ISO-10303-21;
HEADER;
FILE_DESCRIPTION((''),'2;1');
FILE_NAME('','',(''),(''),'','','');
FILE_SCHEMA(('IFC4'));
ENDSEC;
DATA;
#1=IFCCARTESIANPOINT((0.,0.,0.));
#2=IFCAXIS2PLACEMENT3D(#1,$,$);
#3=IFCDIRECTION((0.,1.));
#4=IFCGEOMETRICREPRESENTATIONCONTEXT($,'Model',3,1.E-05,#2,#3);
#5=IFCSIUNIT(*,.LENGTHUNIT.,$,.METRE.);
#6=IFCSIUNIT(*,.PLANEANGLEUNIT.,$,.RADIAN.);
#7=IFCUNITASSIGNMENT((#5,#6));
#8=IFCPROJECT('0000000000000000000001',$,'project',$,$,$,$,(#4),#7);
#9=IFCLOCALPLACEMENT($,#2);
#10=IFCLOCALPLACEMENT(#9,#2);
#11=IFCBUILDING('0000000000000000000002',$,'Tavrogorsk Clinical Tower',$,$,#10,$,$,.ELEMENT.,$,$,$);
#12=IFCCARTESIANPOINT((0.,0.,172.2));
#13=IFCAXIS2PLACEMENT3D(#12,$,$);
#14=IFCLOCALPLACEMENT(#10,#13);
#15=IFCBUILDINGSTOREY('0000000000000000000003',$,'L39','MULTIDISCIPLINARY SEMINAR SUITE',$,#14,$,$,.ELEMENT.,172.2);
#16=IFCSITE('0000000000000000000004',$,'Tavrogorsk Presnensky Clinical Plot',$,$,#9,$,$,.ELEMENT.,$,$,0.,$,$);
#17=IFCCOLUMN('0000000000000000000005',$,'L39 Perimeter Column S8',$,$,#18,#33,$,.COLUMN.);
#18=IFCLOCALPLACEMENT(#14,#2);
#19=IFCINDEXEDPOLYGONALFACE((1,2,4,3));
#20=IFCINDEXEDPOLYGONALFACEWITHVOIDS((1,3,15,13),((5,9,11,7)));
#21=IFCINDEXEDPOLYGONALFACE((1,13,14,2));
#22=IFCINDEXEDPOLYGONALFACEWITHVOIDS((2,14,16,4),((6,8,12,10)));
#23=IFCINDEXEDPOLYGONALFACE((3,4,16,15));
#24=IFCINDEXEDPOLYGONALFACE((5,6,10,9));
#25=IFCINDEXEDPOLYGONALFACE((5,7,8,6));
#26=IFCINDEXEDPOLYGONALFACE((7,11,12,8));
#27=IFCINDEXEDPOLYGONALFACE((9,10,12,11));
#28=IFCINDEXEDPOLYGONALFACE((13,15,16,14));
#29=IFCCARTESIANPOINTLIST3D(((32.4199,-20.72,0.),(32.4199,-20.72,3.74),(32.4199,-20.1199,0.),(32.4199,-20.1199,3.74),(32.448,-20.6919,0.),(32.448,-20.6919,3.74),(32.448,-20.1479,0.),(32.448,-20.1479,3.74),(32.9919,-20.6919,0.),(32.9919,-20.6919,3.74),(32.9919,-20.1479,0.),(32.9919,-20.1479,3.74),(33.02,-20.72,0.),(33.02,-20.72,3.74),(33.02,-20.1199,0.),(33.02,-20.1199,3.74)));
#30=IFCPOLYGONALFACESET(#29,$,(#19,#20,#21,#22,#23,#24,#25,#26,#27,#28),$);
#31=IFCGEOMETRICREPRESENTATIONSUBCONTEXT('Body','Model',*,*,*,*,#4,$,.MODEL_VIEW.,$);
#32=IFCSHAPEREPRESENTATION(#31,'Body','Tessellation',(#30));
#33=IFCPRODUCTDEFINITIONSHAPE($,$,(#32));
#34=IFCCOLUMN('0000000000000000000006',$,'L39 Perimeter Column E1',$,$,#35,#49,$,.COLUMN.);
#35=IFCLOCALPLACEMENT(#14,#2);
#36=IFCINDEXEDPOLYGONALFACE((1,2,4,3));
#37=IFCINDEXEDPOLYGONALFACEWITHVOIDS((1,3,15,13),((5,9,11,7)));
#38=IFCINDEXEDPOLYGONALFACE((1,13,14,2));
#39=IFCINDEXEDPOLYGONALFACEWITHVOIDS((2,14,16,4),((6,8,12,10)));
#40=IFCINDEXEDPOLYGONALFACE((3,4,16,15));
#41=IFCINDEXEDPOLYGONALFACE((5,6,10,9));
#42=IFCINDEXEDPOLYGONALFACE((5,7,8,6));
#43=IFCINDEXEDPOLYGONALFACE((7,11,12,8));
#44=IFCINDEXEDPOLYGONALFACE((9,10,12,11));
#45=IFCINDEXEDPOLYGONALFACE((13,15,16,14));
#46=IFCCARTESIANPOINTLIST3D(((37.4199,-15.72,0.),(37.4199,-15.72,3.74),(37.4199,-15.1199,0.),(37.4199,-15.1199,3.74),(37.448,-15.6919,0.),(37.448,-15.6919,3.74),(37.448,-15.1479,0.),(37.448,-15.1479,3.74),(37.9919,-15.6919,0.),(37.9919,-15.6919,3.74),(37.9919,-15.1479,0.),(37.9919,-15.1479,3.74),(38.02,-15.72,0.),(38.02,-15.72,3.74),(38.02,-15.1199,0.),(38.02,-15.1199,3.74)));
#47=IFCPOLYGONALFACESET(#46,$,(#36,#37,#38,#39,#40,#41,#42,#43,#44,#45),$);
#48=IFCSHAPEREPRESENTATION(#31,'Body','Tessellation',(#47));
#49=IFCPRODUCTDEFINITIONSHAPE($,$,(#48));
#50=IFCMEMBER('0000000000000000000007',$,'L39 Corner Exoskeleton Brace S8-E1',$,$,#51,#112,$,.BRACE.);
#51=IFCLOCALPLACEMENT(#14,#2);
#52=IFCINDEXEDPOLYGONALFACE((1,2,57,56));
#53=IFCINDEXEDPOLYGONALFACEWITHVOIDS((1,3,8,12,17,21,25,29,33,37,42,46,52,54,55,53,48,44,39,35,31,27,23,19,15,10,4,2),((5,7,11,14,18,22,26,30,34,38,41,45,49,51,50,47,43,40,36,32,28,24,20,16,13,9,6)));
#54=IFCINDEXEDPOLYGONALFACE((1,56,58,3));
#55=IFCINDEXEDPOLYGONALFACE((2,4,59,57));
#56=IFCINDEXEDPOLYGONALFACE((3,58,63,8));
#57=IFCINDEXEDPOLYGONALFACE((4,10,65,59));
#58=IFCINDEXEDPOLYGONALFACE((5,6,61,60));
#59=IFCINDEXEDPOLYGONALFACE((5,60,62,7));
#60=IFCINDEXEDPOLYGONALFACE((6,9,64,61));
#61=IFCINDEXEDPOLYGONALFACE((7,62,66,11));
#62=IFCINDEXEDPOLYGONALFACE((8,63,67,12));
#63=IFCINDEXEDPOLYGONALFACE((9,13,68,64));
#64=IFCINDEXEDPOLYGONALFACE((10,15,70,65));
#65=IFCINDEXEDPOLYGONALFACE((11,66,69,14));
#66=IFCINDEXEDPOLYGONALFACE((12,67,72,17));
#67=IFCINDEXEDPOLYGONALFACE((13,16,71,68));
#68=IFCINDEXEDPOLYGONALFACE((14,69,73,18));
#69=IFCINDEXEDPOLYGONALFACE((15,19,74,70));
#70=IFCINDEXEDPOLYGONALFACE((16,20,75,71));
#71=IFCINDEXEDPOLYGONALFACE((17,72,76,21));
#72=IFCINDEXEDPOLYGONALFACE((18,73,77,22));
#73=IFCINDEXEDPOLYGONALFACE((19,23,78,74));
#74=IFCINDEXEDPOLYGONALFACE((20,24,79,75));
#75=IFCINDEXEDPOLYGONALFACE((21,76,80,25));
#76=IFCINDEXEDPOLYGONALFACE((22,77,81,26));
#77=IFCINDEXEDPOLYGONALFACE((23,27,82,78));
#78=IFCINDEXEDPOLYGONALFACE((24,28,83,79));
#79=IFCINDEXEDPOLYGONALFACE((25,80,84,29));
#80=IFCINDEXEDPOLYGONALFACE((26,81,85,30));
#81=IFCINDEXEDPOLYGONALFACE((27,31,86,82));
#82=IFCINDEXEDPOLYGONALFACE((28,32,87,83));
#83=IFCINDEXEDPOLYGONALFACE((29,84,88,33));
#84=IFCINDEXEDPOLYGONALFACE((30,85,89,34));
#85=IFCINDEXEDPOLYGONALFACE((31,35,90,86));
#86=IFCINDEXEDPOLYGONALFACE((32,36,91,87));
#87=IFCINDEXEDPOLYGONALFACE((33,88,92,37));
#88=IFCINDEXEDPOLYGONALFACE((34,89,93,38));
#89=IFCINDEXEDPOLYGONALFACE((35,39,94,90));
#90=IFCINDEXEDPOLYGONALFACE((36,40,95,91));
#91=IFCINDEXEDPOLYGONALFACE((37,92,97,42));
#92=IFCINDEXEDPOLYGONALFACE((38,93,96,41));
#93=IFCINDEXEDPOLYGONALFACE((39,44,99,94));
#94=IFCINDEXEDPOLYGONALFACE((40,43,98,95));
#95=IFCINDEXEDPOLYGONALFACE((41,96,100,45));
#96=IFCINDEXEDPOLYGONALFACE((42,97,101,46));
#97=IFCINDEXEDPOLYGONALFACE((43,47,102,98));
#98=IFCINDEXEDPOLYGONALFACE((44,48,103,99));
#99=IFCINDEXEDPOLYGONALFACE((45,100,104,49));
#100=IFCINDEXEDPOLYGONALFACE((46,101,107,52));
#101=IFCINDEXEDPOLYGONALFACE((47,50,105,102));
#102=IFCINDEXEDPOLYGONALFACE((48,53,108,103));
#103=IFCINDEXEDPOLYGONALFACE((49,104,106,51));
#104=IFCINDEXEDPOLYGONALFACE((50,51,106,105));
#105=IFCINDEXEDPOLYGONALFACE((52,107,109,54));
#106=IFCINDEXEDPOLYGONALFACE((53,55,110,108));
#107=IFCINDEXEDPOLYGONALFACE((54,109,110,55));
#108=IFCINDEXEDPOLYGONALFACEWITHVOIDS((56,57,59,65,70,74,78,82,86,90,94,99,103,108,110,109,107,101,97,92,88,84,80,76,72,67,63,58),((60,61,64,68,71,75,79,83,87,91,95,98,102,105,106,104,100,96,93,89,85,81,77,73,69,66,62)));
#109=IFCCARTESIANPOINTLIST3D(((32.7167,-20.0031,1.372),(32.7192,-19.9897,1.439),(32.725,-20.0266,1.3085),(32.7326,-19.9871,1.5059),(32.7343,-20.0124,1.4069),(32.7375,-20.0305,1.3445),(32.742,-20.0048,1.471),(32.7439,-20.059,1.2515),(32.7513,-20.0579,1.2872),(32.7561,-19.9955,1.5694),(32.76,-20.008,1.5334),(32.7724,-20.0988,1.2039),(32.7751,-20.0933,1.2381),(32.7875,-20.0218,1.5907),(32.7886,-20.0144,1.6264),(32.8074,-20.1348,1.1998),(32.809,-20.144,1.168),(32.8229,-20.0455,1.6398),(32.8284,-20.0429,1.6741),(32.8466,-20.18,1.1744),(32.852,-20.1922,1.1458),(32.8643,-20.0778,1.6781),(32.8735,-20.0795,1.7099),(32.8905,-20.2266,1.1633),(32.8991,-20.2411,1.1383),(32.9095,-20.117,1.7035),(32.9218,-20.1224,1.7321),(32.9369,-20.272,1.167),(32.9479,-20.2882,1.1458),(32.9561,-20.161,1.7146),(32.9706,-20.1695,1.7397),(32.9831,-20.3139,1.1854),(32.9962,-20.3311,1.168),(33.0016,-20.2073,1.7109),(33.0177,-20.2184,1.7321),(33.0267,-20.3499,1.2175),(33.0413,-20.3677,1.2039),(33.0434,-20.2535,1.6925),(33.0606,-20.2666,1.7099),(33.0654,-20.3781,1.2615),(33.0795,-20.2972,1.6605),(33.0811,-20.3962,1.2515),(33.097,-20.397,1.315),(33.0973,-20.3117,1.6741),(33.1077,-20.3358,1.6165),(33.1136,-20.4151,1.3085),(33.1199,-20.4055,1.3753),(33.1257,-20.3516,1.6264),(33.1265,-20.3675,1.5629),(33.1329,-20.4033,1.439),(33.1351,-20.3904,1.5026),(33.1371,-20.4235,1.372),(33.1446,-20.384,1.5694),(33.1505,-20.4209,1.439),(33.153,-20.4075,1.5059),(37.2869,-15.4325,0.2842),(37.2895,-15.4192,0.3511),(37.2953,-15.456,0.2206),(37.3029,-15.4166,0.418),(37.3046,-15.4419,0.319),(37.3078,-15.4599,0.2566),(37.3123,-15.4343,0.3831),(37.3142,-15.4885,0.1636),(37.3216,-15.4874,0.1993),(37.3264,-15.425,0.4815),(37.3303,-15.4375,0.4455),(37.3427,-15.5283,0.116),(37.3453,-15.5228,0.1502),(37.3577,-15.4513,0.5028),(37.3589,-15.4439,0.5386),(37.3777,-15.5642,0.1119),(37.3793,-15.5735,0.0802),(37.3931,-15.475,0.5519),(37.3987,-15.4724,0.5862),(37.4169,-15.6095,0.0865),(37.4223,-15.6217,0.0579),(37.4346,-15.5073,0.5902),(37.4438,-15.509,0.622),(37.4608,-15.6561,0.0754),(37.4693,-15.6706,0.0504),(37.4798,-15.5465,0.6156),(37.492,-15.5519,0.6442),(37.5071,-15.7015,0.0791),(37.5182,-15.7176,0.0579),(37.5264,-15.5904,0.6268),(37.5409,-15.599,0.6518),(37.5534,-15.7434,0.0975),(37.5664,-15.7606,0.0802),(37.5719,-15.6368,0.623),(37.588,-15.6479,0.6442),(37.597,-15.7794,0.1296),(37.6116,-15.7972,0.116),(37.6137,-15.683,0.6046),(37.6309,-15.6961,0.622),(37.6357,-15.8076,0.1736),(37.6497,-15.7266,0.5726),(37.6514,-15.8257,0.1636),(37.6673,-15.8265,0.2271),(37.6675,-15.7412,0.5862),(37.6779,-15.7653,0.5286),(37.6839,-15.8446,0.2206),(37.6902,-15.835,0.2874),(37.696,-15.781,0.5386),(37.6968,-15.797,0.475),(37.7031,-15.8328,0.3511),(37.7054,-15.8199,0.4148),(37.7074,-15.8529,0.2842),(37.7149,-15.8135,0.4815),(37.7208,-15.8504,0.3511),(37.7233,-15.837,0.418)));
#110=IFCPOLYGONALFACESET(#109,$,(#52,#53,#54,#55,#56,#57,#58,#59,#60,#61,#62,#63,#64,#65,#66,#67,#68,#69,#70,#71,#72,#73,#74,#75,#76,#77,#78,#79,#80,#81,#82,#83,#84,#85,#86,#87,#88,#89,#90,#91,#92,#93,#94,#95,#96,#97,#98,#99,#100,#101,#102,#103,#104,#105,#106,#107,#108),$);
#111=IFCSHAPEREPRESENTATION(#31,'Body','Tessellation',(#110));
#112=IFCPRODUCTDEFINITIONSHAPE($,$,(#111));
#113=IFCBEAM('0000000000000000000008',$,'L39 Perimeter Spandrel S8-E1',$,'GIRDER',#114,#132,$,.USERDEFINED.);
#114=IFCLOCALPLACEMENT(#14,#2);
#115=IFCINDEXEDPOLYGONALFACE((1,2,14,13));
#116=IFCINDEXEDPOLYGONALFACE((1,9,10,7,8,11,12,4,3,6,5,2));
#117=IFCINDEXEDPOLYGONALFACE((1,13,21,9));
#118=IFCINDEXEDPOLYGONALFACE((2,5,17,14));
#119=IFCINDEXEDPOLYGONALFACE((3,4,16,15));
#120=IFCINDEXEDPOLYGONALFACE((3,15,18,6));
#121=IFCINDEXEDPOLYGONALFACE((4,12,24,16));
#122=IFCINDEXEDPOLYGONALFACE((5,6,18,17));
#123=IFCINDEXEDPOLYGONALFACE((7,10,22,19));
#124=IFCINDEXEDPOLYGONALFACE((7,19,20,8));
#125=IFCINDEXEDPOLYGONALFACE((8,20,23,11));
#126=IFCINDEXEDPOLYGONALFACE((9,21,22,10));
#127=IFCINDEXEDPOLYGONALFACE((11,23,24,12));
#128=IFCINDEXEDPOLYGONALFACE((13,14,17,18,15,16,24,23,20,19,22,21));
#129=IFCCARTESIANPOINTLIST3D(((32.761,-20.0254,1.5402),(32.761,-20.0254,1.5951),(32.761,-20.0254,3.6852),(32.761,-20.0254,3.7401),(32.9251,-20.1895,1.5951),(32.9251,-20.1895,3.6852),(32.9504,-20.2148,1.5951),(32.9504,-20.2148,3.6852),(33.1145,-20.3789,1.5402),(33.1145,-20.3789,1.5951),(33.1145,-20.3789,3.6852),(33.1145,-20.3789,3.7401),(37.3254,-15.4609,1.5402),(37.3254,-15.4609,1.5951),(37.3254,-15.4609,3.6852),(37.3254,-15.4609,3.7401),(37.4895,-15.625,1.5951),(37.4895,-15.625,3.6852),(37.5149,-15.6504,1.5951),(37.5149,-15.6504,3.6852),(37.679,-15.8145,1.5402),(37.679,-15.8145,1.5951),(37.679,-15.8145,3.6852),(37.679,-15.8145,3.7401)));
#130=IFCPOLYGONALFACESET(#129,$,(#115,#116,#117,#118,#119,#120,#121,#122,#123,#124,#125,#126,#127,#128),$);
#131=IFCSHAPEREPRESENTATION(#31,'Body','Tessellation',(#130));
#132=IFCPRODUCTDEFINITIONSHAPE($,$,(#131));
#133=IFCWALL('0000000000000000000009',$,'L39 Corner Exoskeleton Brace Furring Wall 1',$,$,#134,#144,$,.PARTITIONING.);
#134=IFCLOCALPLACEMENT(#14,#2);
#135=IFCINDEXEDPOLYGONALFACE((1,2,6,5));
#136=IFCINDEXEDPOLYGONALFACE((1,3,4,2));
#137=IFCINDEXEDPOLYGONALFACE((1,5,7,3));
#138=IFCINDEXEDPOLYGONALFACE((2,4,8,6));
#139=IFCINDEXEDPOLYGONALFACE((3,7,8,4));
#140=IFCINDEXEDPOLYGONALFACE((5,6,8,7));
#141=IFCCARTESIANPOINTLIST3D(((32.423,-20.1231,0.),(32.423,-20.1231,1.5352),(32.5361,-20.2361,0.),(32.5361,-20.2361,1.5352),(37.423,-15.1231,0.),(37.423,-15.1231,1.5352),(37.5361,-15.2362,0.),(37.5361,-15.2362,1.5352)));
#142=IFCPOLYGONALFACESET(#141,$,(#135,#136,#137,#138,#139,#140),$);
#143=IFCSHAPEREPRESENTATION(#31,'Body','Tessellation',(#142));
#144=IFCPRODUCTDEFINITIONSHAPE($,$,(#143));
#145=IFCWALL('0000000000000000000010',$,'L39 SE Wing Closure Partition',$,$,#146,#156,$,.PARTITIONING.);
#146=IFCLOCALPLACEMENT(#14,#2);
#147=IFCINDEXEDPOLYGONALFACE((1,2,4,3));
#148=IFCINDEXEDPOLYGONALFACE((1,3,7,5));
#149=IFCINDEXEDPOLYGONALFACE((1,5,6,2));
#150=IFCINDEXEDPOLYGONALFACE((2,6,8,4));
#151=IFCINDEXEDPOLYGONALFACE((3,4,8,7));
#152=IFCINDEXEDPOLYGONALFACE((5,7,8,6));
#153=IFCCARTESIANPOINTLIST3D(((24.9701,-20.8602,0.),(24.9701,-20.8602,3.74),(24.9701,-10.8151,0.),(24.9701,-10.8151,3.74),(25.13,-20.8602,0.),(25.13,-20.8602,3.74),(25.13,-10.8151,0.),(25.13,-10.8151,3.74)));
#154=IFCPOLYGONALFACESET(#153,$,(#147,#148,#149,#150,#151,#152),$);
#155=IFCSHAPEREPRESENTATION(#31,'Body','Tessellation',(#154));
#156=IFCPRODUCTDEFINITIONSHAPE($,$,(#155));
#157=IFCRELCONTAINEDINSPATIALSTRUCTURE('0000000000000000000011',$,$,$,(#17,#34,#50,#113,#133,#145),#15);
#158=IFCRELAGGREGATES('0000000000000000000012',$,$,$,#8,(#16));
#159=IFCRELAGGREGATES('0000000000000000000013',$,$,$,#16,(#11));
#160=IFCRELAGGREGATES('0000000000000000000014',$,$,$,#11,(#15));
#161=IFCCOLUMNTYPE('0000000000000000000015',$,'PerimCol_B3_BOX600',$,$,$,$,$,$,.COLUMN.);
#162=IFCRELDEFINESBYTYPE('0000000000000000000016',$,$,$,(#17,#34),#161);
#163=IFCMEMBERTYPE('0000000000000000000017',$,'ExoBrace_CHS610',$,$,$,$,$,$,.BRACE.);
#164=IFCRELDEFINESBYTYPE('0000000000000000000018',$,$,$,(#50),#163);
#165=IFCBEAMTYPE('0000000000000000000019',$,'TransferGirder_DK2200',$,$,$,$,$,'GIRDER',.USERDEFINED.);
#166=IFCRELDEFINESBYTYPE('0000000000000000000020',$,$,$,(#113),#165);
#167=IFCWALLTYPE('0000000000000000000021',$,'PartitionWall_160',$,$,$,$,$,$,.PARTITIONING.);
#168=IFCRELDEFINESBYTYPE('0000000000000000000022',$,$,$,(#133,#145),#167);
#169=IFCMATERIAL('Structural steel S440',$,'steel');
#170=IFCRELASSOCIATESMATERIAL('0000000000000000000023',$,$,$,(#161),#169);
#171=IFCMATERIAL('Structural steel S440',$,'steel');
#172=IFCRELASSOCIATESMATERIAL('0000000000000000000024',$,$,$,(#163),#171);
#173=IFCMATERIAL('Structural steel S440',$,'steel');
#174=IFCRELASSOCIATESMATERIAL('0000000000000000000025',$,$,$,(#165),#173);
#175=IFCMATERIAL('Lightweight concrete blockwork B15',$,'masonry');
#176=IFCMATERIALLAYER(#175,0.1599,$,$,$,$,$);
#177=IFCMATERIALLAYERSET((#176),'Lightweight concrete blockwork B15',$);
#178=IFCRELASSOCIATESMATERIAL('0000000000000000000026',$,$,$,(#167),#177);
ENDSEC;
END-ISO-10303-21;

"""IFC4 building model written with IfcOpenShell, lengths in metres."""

from ifc_helpers import new_model, si_unit, direction, frame, frame_2d, origin, origin_2d, place, context, subcontext, project, spatial, rectangle, hollow_rectangle, hollow_circle, i_section, extrude, material, layer, layer_set, material_profile, profile_set, type_object, element, save


model = new_model("IFC4")

# Units and contexts
model_context = context("Model", 3, precision=1e-05, world=origin(), true_north=direction((0.0, 1.0)))
body_context = subcontext(model_context, "Body", "Model", "MODEL_VIEW")
ifc_project = project(units=[si_unit("LENGTHUNIT", "METRE"), si_unit("PLANEANGLEUNIT", "RADIAN")], contexts=[model_context])

# Site, building, storey
site_placement = place(None, origin())
site = spatial("IfcSite", under=ifc_project, at=site_placement, Name="Tavrogorsk Presnensky Clinical Plot", CompositionType="ELEMENT", RefElevation=0.0)
building_placement = place(site_placement, origin())
building = spatial("IfcBuilding", under=site, at=building_placement, Name="Tavrogorsk Clinical Tower", CompositionType="ELEMENT")
storey_placement = place(building_placement, frame((0.0, 0.0, 172.2)))
storey = spatial("IfcBuildingStorey", under=building, at=storey_placement, Name="L39", Description="MULTIDISCIPLINARY SEMINAR SUITE", CompositionType="ELEMENT", Elevation=172.2)

# Columns
ifc_material_1 = material(Name="Structural steel S440", Category="steel")
ifc_material_profile_1 = material_profile(ifc_material_1, hollow_rectangle(XDim=0.6001, YDim=0.6001, WallThickness=0.0281, at=origin_2d()), Name="BOX-600x600x28")
ifc_profile_set_1 = profile_set([ifc_material_profile_1], Name="Structural steel S440")
column_type = type_object("IfcColumnType", Name="PerimCol_B3_BOX600", PredefinedType="COLUMN", material=ifc_profile_set_1)
for number, where, z_axis, x_axis, name in (
    (1, (32.72, -20.4199, 0.0), (0.0, 0.0, 1.0), (1.0, 0.0, 0.0), "L39 Perimeter Column S8"),
    (2, (37.72, -15.4199, 0.0), (0.0, 0.0, 1.0), (1.0, 0.0, 0.0), "L39 Perimeter Column E1"),
):
    element("IfcColumn", number, at=place(storey_placement, frame(where, z_axis=z_axis, x_axis=x_axis)), inside=storey, type_object=column_type, Name=name, PredefinedType="COLUMN", context=body_context, shape_type="SweptSolid", body=[
        extrude(hollow_rectangle(XDim=0.6001, YDim=0.6001, WallThickness=0.0281, at=origin_2d()), origin(), (0.0, 0.0, 1.0), 3.74),
    ])

# Member
ifc_material_2 = material(Name="Structural steel S440", Category="steel")
ifc_material_profile_2 = material_profile(ifc_material_2, hollow_circle(Radius=0.3049, WallThickness=0.0249, at=origin_2d()), Name="CHS-610x25")
ifc_profile_set_2 = profile_set([ifc_material_profile_2], Name="Structural steel S440")
member_type = type_object("IfcMemberType", Name="ExoBrace_CHS610", PredefinedType="BRACE", material=ifc_profile_set_2)
member_placement = place(storey_placement, frame((37.5051, -15.6348, 0.3511), z_axis=(-0.69728, -0.697318, 0.165977), x_axis=(0.707126, -0.707088, 0.0)))
element("IfcMember", 3, at=member_placement, inside=storey, type_object=member_type, Name="L39 Corner Exoskeleton Brace S8-E1", PredefinedType="BRACE", context=body_context, shape_type="SweptSolid", body=[
    extrude(hollow_circle(Radius=0.3049, WallThickness=0.0249, at=origin_2d()), origin(), (0.0, 0.0, 1.0), 6.5544),
])

# Beam
ifc_material_3 = material(Name="Structural steel S440", Category="steel")
ifc_material_profile_3 = material_profile(ifc_material_3, i_section(OverallWidth=0.5, OverallDepth=2.2, WebThickness=0.0359, FlangeThickness=0.0549, at=origin_2d()), Name="DK-2200x500x36x55")
ifc_profile_set_3 = profile_set([ifc_material_profile_3], Name="Structural steel S440")
beam_type = type_object("IfcBeamType", Name="TransferGirder_DK2200", ElementType="GIRDER", PredefinedType="USERDEFINED", material=ifc_profile_set_3)
beam_placement = place(storey_placement, frame((32.9377, -20.2021, 2.6401), z_axis=(0.707107, 0.707107, 0.0), x_axis=(-0.707107, 0.707107, 0.0)))
element("IfcBeam", 4, at=beam_placement, inside=storey, type_object=beam_type, Name="L39 Perimeter Spandrel S8-E1", ObjectType="GIRDER", PredefinedType="USERDEFINED", context=body_context, shape_type="SweptSolid", body=[
    extrude(i_section(OverallWidth=0.5, OverallDepth=2.2, WebThickness=0.0359, FlangeThickness=0.0549, at=origin_2d()), origin(), (0.0, 0.0, 1.0), 6.4551),
])

# Walls
ifc_material_4 = material(Name="Lightweight concrete blockwork B15", Category="masonry")
ifc_layer_1 = layer(ifc_material_4, 0.1599)
ifc_layer_set_1 = layer_set([ifc_layer_1], Name="Lightweight concrete blockwork B15")
wall_type_1 = type_object("IfcWallType", Name="PartitionWall_160", PredefinedType="PARTITIONING", material=ifc_layer_set_1)
wall_1_placement = place(storey_placement, frame((32.4795, -20.1797, 0.0), z_axis=(0.0, 0.0, 1.0), x_axis=(0.707107, 0.707107, 0.0)))
element("IfcWall", 5, at=wall_1_placement, inside=storey, type_object=wall_type_1, Name="L39 Corner Exoskeleton Brace Furring Wall 1", PredefinedType="PARTITIONING", context=body_context, shape_type="SweptSolid", body=[
    extrude(rectangle(XDim=7.071, YDim=0.1599, at=frame_2d((3.5356, 0.0))), origin(), (0.0, 0.0, 1.0), 1.5352),
])
wall_2_placement = place(storey_placement, frame((25.05, -20.8601, 0.0), z_axis=(0.0, 0.0, 1.0), x_axis=(0.0, 1.0, 0.0)))
element("IfcWall", 6, at=wall_2_placement, inside=storey, type_object=wall_type_1, Name="L39 SE Wing Closure Partition", PredefinedType="PARTITIONING", context=body_context, shape_type="SweptSolid", body=[
    extrude(rectangle(XDim=10.0452, YDim=0.1599, at=frame_2d((5.0225, 0.0))), origin(), (0.0, 0.0, 1.0), 3.74),
])

save(model, "model.ifc")
